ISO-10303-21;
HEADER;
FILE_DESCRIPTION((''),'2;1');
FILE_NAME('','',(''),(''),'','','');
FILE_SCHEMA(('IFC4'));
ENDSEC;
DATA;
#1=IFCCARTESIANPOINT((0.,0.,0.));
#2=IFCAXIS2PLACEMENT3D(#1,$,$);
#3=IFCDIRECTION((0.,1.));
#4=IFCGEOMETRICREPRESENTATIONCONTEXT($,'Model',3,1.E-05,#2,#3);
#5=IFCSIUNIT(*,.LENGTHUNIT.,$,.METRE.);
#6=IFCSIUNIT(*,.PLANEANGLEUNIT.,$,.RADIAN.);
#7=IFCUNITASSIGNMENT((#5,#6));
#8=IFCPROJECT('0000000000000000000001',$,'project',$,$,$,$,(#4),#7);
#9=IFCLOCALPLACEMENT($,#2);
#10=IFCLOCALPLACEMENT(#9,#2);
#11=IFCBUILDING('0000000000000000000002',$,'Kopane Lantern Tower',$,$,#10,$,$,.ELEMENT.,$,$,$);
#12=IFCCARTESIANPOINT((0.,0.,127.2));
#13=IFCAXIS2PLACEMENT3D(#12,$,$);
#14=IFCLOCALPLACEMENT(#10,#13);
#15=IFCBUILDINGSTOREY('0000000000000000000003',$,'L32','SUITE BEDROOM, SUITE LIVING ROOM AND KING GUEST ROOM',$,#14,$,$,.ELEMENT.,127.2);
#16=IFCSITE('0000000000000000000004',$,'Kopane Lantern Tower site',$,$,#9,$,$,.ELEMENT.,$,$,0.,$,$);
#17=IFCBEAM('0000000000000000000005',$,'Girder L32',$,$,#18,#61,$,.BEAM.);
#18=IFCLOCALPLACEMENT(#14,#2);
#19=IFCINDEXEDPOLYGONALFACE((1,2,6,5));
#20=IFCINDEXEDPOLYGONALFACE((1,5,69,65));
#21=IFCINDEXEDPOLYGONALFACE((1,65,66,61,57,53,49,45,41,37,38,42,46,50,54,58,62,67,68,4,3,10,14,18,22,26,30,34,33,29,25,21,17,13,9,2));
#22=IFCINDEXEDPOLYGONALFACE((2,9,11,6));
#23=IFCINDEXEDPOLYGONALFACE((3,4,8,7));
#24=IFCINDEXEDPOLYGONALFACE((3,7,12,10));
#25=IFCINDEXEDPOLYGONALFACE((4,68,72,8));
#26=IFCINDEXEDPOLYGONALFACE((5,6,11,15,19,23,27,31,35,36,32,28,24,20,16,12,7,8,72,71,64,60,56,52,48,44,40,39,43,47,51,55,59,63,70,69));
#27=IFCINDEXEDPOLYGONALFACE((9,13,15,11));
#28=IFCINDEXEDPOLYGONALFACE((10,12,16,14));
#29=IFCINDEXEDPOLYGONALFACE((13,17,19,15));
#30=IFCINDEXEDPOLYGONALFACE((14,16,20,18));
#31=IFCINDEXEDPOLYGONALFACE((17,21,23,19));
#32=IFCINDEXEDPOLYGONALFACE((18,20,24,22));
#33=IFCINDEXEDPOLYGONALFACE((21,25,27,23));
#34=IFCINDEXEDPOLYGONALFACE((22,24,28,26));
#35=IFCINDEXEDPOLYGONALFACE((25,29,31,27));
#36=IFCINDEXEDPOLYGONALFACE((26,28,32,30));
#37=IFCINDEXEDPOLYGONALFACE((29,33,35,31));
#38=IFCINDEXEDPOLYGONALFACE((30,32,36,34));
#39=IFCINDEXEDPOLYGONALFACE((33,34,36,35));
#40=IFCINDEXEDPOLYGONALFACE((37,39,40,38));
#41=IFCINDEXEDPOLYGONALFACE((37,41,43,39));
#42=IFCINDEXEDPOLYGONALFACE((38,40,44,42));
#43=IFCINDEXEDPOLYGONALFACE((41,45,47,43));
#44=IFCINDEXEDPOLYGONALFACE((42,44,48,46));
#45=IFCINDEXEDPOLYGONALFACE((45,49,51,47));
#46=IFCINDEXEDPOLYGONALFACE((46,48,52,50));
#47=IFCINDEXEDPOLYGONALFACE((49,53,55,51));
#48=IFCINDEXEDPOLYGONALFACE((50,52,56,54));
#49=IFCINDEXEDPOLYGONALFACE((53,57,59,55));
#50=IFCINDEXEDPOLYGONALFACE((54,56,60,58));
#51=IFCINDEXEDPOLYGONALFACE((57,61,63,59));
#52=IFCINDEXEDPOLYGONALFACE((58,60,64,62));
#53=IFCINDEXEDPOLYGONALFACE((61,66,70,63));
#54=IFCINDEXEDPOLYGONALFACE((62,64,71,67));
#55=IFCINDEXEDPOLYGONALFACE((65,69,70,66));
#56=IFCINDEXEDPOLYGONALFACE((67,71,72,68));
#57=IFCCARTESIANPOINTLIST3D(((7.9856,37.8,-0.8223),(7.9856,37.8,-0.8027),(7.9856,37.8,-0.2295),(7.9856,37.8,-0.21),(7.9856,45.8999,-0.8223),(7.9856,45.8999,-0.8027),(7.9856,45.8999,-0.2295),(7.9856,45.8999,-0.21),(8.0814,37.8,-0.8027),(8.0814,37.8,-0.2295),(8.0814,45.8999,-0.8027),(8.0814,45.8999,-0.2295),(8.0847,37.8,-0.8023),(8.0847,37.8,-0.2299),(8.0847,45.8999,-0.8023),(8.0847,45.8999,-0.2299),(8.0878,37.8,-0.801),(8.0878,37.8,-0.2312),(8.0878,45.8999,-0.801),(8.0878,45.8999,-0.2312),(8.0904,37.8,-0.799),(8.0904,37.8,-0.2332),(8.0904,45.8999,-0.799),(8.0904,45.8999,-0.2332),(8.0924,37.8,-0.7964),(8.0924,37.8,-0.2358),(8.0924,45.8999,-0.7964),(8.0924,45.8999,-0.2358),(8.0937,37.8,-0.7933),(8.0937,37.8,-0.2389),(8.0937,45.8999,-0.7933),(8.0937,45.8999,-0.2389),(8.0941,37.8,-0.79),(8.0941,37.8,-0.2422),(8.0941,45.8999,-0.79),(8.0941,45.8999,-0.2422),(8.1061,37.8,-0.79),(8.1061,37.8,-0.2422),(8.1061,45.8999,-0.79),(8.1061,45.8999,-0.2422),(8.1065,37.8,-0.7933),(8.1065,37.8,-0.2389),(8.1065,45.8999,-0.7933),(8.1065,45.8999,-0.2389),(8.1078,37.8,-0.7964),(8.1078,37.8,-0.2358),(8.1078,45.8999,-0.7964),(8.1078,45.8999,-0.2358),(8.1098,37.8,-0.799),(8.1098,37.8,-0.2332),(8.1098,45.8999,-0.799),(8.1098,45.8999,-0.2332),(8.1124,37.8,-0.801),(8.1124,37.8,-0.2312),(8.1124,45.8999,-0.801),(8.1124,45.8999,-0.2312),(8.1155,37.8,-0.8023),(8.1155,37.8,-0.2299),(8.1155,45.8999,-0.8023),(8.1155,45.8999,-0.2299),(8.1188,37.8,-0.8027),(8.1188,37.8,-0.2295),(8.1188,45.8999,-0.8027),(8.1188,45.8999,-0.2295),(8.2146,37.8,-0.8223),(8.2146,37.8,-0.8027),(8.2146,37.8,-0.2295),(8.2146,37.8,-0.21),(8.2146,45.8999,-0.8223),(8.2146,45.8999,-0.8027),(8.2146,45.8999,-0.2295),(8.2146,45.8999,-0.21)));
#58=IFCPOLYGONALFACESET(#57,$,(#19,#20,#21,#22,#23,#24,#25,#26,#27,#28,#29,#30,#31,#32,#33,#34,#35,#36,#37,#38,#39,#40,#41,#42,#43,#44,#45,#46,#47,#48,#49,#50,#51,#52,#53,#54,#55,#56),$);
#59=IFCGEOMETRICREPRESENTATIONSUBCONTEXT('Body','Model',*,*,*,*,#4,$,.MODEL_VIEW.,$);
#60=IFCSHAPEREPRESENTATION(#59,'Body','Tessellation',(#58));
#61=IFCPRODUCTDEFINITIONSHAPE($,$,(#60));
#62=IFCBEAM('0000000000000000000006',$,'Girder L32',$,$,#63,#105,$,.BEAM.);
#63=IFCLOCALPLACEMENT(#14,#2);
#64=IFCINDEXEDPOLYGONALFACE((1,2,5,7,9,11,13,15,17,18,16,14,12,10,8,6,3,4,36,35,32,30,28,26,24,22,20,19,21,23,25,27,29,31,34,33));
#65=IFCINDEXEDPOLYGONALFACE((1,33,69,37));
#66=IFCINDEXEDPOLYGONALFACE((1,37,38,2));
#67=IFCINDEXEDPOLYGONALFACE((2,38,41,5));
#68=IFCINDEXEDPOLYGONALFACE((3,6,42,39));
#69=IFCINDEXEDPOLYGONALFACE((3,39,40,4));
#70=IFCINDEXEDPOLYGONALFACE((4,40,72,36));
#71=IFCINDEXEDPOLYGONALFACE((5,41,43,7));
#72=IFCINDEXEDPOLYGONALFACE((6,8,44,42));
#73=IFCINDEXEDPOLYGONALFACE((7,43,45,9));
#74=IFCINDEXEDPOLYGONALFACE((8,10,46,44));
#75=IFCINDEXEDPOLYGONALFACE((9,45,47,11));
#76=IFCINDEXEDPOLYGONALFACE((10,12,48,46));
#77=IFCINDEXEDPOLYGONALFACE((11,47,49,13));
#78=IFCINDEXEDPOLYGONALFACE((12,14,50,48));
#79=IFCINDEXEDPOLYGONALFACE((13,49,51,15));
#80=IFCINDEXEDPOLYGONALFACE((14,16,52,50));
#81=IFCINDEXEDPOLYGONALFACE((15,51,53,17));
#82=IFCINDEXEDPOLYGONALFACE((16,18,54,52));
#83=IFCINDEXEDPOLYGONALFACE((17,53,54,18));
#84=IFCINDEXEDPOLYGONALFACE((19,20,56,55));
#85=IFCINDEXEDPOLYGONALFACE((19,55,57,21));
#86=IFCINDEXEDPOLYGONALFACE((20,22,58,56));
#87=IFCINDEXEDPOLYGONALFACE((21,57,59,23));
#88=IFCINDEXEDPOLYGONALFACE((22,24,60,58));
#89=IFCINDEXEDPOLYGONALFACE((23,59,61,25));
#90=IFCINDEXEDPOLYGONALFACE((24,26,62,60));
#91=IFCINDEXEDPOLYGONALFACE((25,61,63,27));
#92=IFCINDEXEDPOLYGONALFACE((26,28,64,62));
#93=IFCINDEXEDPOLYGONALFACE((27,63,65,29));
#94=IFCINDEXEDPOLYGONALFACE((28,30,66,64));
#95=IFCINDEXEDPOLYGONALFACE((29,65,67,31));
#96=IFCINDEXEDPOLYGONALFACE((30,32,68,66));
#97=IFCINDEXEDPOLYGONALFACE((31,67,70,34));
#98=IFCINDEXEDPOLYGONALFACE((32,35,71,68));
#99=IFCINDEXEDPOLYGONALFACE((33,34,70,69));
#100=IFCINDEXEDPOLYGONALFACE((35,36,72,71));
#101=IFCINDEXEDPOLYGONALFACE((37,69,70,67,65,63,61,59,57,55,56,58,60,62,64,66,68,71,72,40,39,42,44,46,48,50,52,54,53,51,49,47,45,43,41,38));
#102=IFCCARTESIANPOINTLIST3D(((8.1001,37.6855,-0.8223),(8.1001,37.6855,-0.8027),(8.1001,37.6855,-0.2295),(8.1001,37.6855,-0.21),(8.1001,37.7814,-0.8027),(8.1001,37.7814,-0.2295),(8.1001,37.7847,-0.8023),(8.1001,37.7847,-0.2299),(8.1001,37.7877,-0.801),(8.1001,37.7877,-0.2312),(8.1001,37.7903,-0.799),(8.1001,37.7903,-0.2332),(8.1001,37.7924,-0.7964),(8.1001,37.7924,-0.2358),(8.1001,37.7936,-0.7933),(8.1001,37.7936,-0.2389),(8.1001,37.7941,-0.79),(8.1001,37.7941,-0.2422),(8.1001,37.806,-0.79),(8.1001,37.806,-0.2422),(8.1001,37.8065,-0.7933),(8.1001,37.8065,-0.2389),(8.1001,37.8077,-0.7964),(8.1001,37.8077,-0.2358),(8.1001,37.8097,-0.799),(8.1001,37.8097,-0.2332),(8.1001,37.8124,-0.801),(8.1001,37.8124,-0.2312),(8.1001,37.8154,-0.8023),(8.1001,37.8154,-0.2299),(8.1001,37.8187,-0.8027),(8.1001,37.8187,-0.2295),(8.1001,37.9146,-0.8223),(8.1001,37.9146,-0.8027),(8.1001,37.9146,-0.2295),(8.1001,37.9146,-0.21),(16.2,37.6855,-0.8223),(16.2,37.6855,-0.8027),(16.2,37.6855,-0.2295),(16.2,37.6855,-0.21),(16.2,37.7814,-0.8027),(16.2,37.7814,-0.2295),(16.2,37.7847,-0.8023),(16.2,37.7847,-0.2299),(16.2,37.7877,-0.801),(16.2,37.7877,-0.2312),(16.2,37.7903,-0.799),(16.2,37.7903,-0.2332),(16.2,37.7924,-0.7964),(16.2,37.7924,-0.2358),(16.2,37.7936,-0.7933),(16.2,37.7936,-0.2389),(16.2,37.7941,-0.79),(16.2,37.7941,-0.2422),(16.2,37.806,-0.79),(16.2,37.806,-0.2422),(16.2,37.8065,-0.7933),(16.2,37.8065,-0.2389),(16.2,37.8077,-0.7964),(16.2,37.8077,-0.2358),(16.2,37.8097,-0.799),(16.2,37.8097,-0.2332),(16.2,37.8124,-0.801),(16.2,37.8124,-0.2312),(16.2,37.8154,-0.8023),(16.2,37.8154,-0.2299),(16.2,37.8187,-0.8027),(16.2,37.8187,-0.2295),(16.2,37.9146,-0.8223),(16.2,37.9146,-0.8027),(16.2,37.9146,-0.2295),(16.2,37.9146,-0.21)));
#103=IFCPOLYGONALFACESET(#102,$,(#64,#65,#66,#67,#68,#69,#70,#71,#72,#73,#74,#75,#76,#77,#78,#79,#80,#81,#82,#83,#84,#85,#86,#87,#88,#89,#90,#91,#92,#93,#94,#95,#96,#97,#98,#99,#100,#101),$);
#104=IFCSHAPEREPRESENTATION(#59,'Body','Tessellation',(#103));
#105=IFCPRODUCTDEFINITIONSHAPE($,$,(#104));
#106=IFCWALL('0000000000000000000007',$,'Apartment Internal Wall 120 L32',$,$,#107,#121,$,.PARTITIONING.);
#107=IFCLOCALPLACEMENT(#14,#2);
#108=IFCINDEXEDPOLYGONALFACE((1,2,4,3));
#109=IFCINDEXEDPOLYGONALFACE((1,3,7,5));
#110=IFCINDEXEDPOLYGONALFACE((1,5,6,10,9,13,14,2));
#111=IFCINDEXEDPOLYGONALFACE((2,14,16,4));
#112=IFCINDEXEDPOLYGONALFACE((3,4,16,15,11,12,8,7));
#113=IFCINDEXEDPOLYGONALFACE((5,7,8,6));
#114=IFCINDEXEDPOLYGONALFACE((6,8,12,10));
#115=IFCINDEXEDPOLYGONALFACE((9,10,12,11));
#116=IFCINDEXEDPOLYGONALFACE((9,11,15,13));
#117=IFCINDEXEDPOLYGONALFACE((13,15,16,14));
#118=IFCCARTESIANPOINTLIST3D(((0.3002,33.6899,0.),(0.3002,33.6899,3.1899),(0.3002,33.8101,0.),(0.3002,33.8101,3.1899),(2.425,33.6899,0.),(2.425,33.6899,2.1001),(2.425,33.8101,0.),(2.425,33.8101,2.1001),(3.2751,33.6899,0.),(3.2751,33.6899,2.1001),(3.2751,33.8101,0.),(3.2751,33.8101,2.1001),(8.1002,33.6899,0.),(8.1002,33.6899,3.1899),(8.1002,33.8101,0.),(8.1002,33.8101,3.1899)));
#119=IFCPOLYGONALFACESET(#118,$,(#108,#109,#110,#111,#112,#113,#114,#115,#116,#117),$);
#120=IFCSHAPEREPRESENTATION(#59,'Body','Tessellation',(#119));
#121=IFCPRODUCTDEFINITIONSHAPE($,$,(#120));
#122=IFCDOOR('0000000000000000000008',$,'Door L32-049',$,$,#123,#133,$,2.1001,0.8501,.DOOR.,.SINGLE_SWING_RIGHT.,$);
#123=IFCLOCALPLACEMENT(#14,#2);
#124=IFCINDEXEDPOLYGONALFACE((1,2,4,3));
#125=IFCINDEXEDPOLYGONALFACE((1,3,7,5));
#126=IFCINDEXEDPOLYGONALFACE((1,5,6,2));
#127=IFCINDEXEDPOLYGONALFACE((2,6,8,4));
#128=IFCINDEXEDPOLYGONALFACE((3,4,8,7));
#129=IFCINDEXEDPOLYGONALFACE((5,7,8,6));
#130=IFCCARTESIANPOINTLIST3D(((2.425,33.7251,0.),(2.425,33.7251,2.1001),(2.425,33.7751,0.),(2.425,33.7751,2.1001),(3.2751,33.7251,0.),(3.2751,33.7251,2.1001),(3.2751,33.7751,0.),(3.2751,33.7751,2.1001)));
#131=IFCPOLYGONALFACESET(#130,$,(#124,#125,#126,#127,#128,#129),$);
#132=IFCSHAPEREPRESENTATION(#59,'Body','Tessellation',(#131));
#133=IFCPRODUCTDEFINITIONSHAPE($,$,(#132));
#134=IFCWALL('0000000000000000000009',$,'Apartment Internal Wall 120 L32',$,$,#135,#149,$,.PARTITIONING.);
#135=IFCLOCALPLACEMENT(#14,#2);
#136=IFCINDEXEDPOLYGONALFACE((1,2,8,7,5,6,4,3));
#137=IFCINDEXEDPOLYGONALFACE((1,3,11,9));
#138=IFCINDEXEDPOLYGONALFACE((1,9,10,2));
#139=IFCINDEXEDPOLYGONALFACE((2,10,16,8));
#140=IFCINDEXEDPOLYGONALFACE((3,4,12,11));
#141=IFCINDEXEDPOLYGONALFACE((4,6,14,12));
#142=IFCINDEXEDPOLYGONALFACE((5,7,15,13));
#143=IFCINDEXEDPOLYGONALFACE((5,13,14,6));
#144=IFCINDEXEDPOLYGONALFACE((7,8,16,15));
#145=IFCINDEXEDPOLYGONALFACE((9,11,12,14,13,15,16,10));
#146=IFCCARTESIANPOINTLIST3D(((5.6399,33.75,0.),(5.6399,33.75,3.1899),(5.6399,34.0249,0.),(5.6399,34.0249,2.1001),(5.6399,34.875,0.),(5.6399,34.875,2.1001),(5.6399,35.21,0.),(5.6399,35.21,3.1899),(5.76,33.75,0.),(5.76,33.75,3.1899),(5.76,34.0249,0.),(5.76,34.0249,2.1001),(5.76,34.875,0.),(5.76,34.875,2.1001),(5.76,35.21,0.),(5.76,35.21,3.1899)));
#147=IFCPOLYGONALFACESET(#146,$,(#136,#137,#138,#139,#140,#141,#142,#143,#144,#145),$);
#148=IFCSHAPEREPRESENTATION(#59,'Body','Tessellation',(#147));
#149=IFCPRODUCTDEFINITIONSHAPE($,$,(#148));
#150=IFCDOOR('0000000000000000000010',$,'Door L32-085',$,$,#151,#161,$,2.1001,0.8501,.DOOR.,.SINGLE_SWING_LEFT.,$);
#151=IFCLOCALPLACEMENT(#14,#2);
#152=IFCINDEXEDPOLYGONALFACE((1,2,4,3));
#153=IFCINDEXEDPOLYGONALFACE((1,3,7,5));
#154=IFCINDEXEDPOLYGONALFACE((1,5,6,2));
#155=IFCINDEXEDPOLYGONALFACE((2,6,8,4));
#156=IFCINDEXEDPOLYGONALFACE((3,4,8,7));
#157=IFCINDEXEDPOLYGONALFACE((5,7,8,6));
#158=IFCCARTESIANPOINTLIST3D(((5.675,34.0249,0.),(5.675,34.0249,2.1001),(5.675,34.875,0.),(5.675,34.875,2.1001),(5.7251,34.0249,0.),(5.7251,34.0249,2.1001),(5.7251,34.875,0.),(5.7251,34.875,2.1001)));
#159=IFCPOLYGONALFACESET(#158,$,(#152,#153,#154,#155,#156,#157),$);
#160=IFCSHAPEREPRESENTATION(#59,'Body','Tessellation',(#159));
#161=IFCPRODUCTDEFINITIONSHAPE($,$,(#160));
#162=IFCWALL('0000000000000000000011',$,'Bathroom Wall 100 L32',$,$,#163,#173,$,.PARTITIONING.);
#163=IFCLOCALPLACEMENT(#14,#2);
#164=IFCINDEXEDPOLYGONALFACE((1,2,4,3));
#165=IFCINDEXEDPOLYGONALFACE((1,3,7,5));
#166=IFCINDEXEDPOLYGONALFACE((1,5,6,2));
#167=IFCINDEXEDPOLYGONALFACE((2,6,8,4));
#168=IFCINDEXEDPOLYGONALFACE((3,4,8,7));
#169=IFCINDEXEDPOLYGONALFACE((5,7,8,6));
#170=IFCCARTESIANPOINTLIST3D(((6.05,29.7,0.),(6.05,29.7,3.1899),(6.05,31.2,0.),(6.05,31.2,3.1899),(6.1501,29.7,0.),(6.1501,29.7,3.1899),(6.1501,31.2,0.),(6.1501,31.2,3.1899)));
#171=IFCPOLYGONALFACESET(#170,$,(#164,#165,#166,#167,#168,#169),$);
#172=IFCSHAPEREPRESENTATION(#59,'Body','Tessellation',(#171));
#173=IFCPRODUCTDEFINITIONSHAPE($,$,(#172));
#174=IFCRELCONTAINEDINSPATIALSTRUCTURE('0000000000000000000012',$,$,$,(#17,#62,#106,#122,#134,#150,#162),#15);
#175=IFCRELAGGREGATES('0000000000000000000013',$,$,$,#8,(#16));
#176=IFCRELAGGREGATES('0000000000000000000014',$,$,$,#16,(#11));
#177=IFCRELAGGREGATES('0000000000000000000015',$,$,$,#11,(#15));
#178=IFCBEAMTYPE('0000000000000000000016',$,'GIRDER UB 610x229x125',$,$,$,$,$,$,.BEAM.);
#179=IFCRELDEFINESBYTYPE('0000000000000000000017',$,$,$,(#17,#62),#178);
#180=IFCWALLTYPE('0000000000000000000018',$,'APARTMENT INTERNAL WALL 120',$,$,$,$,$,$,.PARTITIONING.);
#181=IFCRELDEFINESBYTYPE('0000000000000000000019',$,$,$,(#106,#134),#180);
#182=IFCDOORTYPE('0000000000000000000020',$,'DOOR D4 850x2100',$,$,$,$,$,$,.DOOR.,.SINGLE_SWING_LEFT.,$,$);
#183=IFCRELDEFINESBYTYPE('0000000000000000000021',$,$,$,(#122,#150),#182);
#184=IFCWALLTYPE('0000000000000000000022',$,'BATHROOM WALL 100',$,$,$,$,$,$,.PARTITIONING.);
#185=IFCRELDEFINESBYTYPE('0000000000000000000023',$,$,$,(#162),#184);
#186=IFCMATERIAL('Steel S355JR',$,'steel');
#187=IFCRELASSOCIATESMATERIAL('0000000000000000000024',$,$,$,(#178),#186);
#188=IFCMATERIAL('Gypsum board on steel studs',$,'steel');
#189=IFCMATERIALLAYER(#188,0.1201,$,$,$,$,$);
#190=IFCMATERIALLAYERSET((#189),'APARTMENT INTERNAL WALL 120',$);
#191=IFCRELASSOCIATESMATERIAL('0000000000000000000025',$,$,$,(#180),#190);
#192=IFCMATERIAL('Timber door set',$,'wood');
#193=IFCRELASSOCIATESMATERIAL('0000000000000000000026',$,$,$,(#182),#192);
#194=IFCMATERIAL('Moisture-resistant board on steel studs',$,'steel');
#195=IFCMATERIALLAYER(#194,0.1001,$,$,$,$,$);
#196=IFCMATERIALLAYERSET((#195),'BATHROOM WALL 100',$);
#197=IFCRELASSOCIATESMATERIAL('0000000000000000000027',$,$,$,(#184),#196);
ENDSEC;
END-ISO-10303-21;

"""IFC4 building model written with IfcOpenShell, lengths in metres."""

from ifc_helpers import new_model, si_unit, direction, frame, frame_2d, origin, origin_2d, place, context, subcontext, project, spatial, rectangle, i_section, extrude, material, layer, layer_set, material_profile, profile_set, type_object, element, fill, save


model = new_model("IFC4")

# Units and contexts
model_context = context("Model", 3, precision=1e-05, world=origin(), true_north=direction((0.0, 1.0)))
body_context = subcontext(model_context, "Body", "Model", "MODEL_VIEW")
ifc_project = project(units=[si_unit("LENGTHUNIT", "METRE"), si_unit("PLANEANGLEUNIT", "RADIAN")], contexts=[model_context])

# Site, building, storey
site_placement = place(None, origin())
site = spatial("IfcSite", under=ifc_project, at=site_placement, Name="Kopane Lantern Tower site", CompositionType="ELEMENT", RefElevation=0.0)
building_placement = place(site_placement, origin())
building = spatial("IfcBuilding", under=site, at=building_placement, Name="Kopane Lantern Tower", CompositionType="ELEMENT")
storey_placement = place(building_placement, frame((0.0, 0.0, 127.2)))
storey = spatial("IfcBuildingStorey", under=building, at=storey_placement, Name="L32", Description="SUITE BEDROOM, SUITE LIVING ROOM AND KING GUEST ROOM", CompositionType="ELEMENT", Elevation=127.2)

# Beams
ifc_material_1 = material(Name="Steel S355JR", Category="steel")
ifc_material_profile_1 = material_profile(ifc_material_1, i_section(OverallWidth=0.229, OverallDepth=0.6123, WebThickness=0.012, FlangeThickness=0.0195, FilletRadius=0.0127, at=origin_2d()), Name="UB 610x229x125")
ifc_profile_set_1 = profile_set([ifc_material_profile_1], Name="Steel S355JR")
beam_type = type_object("IfcBeamType", Name="GIRDER UB 610x229x125", PredefinedType="BEAM", material=ifc_profile_set_1)
for number, where, z_axis, x_axis, name in (
    (1, (8.1001, 37.8, -0.5161), (0.0, 1.0, 0.0), (-1.0, 0.0, 0.0), "Girder L32"),
    (2, (8.1001, 37.8, -0.5161), (1.0, 0.0, 0.0), (0.0, 1.0, 0.0), "Girder L32"),
):
    element("IfcBeam", number, at=place(storey_placement, frame(where, z_axis=z_axis, x_axis=x_axis)), inside=storey, type_object=beam_type, Name=name, PredefinedType="BEAM", context=body_context, shape_type="SweptSolid", body=[
        extrude(i_section(OverallWidth=0.229, OverallDepth=0.6123, WebThickness=0.012, FlangeThickness=0.0195, FilletRadius=0.0127, at=origin_2d()), origin(), (0.0, 0.0, 1.0), 8.0999),
    ])

# Walls, openings, doors
ifc_material_2 = material(Name="Gypsum board on steel studs", Category="steel")
ifc_layer_1 = layer(ifc_material_2, 0.1201)
ifc_layer_set_1 = layer_set([ifc_layer_1], Name="APARTMENT INTERNAL WALL 120")
wall_type_1 = type_object("IfcWallType", Name="APARTMENT INTERNAL WALL 120", PredefinedType="PARTITIONING", material=ifc_layer_set_1)
wall_1_placement = place(storey_placement, frame((8.1001, 33.75, 0.0), z_axis=(0.0, 0.0, 1.0), x_axis=(-1.0, 0.0, 0.0)))
wall_1 = element("IfcWall", 3, at=wall_1_placement, inside=storey, type_object=wall_type_1, Name="Apartment Internal Wall 120 L32", PredefinedType="PARTITIONING", context=body_context, shape_type="SweptSolid", body=[
    extrude(rectangle(XDim=7.8, YDim=0.1201, at=frame_2d((3.8999, 0.0))), origin(), (0.0, 0.0, 1.0), 3.1899),
])
opening_1_placement = place(wall_1_placement, frame((4.825, 0.0, 0.0)))
opening_1 = element("IfcOpeningElement", 4, at=opening_1_placement, cuts=wall_1, PredefinedType="OPENING", context=body_context, shape_type="SweptSolid", body=[
    extrude(rectangle(XDim=0.8501, YDim=2.1001, at=frame_2d((0.425, 1.05))), frame((0.0, 0.0701, 0.0), z_axis=(0.0, -1.0, 0.0), x_axis=(1.0, 0.0, 0.0)), (0.0, 0.0, 1.0), 0.1401),
])
ifc_material_3 = material(Name="Timber door set", Category="wood")
door_type_1 = type_object("IfcDoorType", Name="DOOR D4 850x2100", OperationType="SINGLE_SWING_LEFT", PredefinedType="DOOR", material=ifc_material_3)
door_1_placement = place(opening_1_placement, origin())
door_1 = element("IfcDoor", 5, at=door_1_placement, inside=storey, type_object=door_type_1, Name="Door L32-049", OperationType="SINGLE_SWING_RIGHT", OverallHeight=2.1001, OverallWidth=0.8501, PredefinedType="DOOR", context=body_context, shape_type="SweptSolid", body=[
    extrude(rectangle(XDim=0.8501, YDim=2.1001, at=frame_2d((0.425, 1.05))), frame((0.0, 0.0249, 0.0), z_axis=(0.0, -1.0, 0.0), x_axis=(1.0, 0.0, 0.0)), (0.0, 0.0, 1.0), 0.05),
])
fill(opening_1, door_1)
wall_2_placement = place(storey_placement, frame((5.7, 33.75, 0.0), z_axis=(0.0, 0.0, 1.0), x_axis=(0.0, 1.0, 0.0)))
wall_2 = element("IfcWall", 6, at=wall_2_placement, inside=storey, type_object=wall_type_1, Name="Apartment Internal Wall 120 L32", PredefinedType="PARTITIONING", context=body_context, shape_type="SweptSolid", body=[
    extrude(rectangle(XDim=1.46, YDim=0.1201, at=frame_2d((0.73, 0.0))), origin(), (0.0, 0.0, 1.0), 3.1899),
])
opening_2_placement = place(wall_2_placement, frame((0.2749, 0.0, 0.0)))
opening_2 = element("IfcOpeningElement", 7, at=opening_2_placement, cuts=wall_2, PredefinedType="OPENING", context=body_context, shape_type="SweptSolid", body=[
    extrude(rectangle(XDim=0.8501, YDim=2.1001, at=frame_2d((0.425, 1.05))), frame((0.0, 0.0701, 0.0), z_axis=(0.0, -1.0, 0.0), x_axis=(1.0, 0.0, 0.0)), (0.0, 0.0, 1.0), 0.1401),
])
door_2_placement = place(opening_2_placement, origin())
door_2 = element("IfcDoor", 8, at=door_2_placement, inside=storey, type_object=door_type_1, Name="Door L32-085", OperationType="SINGLE_SWING_LEFT", OverallHeight=2.1001, OverallWidth=0.8501, PredefinedType="DOOR", context=body_context, shape_type="SweptSolid", body=[
    extrude(rectangle(XDim=0.8501, YDim=2.1001, at=frame_2d((0.425, 1.05))), frame((0.0, 0.0249, 0.0), z_axis=(0.0, -1.0, 0.0), x_axis=(1.0, 0.0, 0.0)), (0.0, 0.0, 1.0), 0.05),
])
fill(opening_2, door_2)

# Wall
ifc_material_4 = material(Name="Moisture-resistant board on steel studs", Category="steel")
ifc_layer_2 = layer(ifc_material_4, 0.1001)
ifc_layer_set_2 = layer_set([ifc_layer_2], Name="BATHROOM WALL 100")
wall_type_2 = type_object("IfcWallType", Name="BATHROOM WALL 100", PredefinedType="PARTITIONING", material=ifc_layer_set_2)
wall_3_placement = place(storey_placement, frame((6.1001, 29.7, 0.0), z_axis=(0.0, 0.0, 1.0), x_axis=(0.0, 1.0, 0.0)))
element("IfcWall", 9, at=wall_3_placement, inside=storey, type_object=wall_type_2, Name="Bathroom Wall 100 L32", PredefinedType="PARTITIONING", context=body_context, shape_type="SweptSolid", body=[
    extrude(rectangle(XDim=1.5, YDim=0.1001, at=frame_2d((0.75, 0.0))), origin(), (0.0, 0.0, 1.0), 3.1899),
])

save(model, "model.ifc")
